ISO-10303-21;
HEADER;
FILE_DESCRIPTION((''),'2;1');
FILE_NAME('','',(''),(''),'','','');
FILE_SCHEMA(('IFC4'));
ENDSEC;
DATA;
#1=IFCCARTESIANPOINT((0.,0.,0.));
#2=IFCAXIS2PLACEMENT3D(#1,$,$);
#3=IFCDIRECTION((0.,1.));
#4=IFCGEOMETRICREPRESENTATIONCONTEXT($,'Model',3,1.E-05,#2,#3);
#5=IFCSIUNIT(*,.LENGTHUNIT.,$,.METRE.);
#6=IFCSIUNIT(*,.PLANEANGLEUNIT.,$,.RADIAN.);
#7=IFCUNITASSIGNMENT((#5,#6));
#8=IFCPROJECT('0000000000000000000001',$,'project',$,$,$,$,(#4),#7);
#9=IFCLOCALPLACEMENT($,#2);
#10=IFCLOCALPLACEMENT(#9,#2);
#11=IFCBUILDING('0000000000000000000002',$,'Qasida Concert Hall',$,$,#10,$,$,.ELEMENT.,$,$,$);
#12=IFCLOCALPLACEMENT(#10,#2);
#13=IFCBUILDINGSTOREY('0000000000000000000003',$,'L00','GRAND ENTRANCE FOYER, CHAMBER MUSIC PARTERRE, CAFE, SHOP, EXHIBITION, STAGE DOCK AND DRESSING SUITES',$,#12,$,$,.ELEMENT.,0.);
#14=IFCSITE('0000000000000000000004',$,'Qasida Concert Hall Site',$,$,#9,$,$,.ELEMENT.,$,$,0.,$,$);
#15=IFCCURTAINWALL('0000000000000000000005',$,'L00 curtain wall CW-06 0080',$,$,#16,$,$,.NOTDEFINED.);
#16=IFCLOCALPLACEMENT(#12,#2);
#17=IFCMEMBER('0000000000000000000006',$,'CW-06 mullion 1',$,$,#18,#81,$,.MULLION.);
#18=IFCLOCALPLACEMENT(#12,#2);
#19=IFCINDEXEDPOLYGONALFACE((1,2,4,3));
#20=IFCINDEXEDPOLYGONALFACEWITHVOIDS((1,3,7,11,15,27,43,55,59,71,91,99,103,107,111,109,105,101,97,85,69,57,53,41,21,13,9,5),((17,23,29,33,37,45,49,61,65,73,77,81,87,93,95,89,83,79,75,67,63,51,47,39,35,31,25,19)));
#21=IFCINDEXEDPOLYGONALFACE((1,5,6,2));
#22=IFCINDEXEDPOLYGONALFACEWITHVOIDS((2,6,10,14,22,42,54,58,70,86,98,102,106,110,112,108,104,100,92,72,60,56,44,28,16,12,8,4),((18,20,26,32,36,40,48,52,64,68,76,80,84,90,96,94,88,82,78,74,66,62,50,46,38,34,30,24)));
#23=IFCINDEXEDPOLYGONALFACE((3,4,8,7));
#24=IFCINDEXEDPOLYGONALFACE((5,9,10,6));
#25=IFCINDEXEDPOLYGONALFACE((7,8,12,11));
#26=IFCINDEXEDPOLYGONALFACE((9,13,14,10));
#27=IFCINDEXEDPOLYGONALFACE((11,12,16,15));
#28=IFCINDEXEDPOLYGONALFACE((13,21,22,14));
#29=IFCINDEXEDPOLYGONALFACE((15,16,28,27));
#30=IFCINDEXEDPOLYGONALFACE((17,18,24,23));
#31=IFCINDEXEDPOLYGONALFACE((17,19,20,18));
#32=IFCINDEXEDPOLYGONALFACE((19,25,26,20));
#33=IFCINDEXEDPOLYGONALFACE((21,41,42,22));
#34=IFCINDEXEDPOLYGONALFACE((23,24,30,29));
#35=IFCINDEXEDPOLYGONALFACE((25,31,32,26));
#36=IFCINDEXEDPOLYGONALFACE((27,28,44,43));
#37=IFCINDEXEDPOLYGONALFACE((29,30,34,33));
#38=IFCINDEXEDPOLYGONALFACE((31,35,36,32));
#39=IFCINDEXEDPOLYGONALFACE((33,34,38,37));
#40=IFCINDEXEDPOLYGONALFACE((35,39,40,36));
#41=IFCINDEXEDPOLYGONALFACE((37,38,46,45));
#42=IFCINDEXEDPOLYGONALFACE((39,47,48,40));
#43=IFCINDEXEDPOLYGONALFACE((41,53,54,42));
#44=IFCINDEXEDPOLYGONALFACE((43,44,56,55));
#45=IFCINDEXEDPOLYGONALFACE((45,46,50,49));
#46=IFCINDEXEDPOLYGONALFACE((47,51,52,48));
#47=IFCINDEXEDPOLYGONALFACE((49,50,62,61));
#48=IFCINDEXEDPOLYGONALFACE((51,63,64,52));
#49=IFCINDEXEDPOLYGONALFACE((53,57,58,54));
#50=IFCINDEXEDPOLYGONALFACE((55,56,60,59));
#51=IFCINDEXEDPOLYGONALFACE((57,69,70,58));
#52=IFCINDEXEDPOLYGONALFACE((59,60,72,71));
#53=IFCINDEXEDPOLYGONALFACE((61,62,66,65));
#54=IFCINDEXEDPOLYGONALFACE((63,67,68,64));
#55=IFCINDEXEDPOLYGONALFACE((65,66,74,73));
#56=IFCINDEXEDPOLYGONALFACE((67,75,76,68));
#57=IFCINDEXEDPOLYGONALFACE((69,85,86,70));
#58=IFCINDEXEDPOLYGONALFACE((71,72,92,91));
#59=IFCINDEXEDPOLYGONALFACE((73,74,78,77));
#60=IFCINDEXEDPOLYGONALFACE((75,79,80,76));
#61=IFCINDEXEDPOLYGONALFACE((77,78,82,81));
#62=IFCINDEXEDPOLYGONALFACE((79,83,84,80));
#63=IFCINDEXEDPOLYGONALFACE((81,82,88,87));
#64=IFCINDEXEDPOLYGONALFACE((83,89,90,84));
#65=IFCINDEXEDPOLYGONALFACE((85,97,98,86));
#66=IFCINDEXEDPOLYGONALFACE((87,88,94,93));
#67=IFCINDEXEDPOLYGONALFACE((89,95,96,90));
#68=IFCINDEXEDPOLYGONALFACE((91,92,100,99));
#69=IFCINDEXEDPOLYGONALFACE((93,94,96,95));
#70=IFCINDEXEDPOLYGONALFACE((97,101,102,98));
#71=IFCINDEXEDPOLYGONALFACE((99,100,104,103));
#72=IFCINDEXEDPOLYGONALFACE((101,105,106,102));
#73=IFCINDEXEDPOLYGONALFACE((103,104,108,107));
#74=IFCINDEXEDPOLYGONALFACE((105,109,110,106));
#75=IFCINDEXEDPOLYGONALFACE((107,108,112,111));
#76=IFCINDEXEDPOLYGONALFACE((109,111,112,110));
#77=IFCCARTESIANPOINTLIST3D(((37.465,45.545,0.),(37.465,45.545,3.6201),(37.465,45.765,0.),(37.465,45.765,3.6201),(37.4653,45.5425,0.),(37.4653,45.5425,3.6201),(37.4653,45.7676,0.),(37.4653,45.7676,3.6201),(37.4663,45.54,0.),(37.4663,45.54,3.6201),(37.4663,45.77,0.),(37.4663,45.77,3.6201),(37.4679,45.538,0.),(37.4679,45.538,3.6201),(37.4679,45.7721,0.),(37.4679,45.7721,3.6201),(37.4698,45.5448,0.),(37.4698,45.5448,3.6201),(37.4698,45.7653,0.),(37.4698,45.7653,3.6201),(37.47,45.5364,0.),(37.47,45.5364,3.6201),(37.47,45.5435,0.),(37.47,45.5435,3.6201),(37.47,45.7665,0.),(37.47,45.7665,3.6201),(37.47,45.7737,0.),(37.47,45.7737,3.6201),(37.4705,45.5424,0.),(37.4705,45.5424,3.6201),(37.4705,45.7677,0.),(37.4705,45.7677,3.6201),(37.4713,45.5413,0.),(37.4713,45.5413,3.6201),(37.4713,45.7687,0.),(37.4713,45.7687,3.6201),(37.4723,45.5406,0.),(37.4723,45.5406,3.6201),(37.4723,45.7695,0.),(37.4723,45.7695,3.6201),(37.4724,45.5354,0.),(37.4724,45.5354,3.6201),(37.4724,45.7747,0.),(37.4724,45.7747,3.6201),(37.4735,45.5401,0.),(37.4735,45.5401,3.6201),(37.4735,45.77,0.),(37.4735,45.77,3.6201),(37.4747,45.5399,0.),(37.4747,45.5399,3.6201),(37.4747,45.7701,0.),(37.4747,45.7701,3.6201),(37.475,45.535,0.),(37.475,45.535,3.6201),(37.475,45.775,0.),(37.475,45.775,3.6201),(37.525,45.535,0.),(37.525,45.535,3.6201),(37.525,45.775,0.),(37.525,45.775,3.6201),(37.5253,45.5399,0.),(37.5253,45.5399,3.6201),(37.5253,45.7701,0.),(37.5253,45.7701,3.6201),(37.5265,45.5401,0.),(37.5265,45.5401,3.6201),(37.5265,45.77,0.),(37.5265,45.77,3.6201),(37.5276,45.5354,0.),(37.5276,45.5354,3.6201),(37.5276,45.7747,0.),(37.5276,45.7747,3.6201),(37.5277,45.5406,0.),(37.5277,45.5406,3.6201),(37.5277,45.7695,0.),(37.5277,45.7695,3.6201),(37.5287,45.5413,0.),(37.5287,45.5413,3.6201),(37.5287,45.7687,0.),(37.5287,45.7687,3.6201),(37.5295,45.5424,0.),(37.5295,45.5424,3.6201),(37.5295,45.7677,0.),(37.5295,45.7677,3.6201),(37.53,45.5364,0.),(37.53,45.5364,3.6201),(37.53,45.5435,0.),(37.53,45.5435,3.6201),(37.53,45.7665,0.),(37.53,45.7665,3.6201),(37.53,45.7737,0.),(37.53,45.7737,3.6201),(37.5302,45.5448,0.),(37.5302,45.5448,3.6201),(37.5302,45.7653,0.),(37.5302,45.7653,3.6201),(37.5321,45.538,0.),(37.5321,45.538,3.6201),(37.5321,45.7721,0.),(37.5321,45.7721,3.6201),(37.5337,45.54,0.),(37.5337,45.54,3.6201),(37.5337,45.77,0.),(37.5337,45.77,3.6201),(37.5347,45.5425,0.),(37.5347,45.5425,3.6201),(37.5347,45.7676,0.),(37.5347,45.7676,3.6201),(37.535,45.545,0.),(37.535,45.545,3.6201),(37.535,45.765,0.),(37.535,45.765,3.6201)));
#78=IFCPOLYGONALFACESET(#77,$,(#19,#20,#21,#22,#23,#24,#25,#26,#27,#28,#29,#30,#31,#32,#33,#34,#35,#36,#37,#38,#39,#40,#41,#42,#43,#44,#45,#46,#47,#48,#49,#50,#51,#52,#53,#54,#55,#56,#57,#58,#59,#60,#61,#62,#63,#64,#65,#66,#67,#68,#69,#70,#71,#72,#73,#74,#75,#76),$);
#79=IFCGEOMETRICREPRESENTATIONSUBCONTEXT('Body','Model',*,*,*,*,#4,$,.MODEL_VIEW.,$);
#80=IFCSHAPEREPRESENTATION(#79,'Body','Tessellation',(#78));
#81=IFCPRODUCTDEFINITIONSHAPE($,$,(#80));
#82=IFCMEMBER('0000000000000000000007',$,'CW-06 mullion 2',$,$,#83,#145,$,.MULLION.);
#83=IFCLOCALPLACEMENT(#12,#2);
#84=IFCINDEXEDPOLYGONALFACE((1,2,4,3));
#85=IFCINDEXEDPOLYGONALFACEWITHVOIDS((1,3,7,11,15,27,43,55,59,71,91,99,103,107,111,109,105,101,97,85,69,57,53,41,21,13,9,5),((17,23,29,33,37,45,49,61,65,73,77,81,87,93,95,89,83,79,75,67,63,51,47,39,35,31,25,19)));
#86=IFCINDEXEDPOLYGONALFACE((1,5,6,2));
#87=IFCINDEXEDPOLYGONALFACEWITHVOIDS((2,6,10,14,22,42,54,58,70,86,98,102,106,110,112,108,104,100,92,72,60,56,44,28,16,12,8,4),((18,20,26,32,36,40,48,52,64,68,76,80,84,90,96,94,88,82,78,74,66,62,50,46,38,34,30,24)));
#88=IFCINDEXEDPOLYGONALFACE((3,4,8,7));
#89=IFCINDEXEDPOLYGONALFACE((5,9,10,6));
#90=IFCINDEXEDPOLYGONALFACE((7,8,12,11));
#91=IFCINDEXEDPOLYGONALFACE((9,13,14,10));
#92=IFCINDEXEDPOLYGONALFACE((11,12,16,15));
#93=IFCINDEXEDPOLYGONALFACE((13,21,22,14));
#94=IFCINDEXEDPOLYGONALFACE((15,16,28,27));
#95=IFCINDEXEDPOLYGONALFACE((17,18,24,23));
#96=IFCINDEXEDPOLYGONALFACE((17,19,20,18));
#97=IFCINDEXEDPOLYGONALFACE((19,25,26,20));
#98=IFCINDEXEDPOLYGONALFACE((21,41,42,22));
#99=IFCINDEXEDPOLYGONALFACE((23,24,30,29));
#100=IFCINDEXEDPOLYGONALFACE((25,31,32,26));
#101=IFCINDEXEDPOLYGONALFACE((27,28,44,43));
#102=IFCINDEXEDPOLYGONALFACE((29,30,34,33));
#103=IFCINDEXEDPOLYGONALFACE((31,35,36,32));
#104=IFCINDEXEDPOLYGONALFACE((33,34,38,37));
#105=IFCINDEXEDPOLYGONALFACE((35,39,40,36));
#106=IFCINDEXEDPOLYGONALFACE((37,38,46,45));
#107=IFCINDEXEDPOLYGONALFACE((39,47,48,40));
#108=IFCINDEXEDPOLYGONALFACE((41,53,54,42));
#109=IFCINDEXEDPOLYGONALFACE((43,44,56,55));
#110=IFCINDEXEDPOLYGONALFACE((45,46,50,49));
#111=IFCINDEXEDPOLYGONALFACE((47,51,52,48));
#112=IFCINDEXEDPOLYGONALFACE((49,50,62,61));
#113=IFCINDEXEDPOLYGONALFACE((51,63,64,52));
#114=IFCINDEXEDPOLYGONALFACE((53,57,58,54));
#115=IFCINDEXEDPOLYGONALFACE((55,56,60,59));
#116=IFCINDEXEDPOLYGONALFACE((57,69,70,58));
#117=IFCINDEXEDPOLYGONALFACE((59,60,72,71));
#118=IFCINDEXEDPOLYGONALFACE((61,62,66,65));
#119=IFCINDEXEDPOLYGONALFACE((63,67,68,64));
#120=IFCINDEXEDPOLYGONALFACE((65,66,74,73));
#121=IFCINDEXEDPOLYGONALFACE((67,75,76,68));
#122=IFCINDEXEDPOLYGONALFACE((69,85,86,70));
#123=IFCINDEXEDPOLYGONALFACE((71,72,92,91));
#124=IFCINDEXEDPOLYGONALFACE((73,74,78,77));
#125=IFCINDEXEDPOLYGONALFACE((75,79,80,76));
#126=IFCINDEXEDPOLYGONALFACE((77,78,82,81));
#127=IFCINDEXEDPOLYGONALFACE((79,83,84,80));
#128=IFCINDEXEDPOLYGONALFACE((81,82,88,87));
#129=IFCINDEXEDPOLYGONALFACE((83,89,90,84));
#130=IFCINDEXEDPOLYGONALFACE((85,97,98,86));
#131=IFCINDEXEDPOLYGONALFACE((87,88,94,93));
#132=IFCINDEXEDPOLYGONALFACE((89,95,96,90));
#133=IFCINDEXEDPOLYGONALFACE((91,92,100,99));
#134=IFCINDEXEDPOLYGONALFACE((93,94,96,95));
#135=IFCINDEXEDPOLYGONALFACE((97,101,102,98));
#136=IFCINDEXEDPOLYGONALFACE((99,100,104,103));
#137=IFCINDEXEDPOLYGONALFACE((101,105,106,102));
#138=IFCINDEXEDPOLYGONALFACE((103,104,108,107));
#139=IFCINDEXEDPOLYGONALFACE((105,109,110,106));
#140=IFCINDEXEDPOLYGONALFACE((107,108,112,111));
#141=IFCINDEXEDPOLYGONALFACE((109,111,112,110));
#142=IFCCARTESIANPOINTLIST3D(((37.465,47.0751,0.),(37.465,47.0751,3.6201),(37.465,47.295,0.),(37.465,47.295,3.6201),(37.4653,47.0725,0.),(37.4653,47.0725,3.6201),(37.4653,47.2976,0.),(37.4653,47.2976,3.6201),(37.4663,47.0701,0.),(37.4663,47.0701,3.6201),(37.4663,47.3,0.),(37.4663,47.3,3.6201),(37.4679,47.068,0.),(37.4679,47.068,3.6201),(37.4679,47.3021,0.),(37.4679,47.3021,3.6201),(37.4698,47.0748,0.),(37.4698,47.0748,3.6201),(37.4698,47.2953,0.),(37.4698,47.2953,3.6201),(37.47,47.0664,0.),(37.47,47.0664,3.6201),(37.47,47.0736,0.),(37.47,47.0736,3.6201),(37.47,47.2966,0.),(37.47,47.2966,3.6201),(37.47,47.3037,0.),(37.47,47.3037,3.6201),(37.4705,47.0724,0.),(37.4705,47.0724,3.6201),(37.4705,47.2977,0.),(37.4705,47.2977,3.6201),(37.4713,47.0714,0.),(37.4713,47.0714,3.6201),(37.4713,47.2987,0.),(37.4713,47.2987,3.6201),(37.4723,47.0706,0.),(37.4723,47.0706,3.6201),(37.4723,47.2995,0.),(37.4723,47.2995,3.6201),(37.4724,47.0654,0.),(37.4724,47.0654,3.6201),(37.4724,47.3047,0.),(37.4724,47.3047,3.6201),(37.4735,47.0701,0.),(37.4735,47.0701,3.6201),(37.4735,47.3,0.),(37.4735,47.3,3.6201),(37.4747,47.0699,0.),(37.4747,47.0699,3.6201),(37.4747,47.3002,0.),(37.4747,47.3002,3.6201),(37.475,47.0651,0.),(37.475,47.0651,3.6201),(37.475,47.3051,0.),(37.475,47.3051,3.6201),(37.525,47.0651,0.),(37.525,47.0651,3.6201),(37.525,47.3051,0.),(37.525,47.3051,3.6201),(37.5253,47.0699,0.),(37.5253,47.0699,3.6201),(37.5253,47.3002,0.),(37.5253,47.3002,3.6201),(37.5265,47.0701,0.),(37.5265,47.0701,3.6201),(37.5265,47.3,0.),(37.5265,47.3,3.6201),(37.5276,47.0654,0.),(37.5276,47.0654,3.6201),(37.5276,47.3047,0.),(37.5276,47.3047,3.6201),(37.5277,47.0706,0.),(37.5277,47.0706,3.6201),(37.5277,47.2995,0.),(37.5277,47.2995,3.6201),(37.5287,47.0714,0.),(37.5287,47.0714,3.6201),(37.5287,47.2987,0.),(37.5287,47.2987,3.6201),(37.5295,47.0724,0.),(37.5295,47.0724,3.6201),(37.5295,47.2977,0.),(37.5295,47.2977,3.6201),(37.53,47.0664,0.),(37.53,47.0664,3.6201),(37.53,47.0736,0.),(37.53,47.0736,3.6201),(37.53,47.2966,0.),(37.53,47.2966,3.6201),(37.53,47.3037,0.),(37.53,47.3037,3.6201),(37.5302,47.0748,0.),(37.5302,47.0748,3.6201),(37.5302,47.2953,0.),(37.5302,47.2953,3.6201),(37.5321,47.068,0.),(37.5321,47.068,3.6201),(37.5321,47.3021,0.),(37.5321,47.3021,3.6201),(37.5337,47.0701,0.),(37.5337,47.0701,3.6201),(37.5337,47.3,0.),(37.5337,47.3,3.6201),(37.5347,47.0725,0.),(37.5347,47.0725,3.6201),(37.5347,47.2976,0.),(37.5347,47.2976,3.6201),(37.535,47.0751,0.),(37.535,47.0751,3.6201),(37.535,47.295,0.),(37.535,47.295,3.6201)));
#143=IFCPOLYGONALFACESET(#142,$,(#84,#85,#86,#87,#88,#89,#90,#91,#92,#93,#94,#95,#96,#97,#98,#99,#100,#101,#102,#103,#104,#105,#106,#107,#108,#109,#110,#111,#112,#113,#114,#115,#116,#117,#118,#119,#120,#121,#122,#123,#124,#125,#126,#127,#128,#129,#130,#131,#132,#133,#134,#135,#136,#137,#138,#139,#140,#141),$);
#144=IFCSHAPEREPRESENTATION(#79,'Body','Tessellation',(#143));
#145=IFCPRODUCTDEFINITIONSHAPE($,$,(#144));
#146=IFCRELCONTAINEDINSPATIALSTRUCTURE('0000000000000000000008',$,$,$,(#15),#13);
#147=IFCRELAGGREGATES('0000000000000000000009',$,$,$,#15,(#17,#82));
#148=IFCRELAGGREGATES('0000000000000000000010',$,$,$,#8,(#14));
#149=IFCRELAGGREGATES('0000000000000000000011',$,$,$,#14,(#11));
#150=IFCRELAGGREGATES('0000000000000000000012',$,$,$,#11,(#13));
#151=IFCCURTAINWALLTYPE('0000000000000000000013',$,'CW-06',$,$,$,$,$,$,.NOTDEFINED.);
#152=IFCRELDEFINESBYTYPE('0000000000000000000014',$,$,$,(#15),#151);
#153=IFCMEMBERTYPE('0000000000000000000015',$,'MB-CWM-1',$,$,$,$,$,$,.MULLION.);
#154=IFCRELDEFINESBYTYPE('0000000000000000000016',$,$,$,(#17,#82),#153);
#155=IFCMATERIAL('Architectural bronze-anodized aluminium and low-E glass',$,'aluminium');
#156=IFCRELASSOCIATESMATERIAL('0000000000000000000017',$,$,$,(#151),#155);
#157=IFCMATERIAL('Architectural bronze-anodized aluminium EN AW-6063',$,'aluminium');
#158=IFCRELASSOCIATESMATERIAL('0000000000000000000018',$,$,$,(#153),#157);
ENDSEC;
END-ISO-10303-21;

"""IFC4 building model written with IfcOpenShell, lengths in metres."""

from ifc_helpers import new_model, si_unit, direction, frame, origin, origin_2d, place, context, subcontext, project, spatial, hollow_rectangle, extrude, material, material_profile, profile_set, type_object, element, aggregate, save


model = new_model("IFC4")

# Units and contexts
model_context = context("Model", 3, precision=1e-05, world=origin(), true_north=direction((0.0, 1.0)))
body_context = subcontext(model_context, "Body", "Model", "MODEL_VIEW")
ifc_project = project(units=[si_unit("LENGTHUNIT", "METRE"), si_unit("PLANEANGLEUNIT", "RADIAN")], contexts=[model_context])

# Site, building, storey
site_placement = place(None, origin())
site = spatial("IfcSite", under=ifc_project, at=site_placement, Name="Qasida Concert Hall Site", CompositionType="ELEMENT", RefElevation=0.0)
building_placement = place(site_placement, origin())
building = spatial("IfcBuilding", under=site, at=building_placement, Name="Qasida Concert Hall", CompositionType="ELEMENT")
storey_placement = place(building_placement, origin())
storey = spatial("IfcBuildingStorey", under=building, at=storey_placement, Name="L00", Description="GRAND ENTRANCE FOYER, CHAMBER MUSIC PARTERRE, CAFE, SHOP, EXHIBITION, STAGE DOCK AND DRESSING SUITES", CompositionType="ELEMENT", Elevation=0.0)

# Shared definitions
ifc_material_1 = material(Name="Architectural bronze-anodized aluminium and low-E glass", Category="aluminium")
curtain_wall_type = type_object("IfcCurtainWallType", Name="CW-06", PredefinedType="NOTDEFINED", material=ifc_material_1)
ifc_material_2 = material(Name="Architectural bronze-anodized aluminium EN AW-6063", Category="aluminium")
ifc_material_profile_1 = material_profile(ifc_material_2, hollow_rectangle(XDim=0.0701, YDim=0.24, WallThickness=0.0049, InnerFilletRadius=0.0049, OuterFilletRadius=0.01, at=origin_2d()), Name="CWM 240x70x5")
ifc_profile_set_1 = profile_set([ifc_material_profile_1], Name="Architectural bronze-anodized aluminium EN AW-6063")
member_type_1 = type_object("IfcMemberType", Name="MB-CWM-1", PredefinedType="MULLION", material=ifc_profile_set_1)

# Curtain wall, members
curtain_wall_1_placement = place(storey_placement, origin())
curtain_wall_1 = element("IfcCurtainWall", 1, at=curtain_wall_1_placement, inside=storey, type_object=curtain_wall_type, Name="L00 curtain wall CW-06 0080", PredefinedType="NOTDEFINED")
member_1_placement = place(storey_placement, frame((37.5, 45.655, 0.0), z_axis=(0.0, 0.0, 1.0), x_axis=(-1.0, 0.0, 0.0)))
member_1 = element("IfcMember", 2, at=member_1_placement, type_object=member_type_1, Name="CW-06 mullion 1", PredefinedType="MULLION", context=body_context, shape_type="SweptSolid", body=[
    extrude(hollow_rectangle(XDim=0.0701, YDim=0.24, WallThickness=0.0049, InnerFilletRadius=0.0049, OuterFilletRadius=0.01, at=origin_2d()), origin(), (0.0, 0.0, 1.0), 3.6201),
])
member_2_placement = place(storey_placement, frame((37.5, 47.1851, 0.0), z_axis=(0.0, 0.0, 1.0), x_axis=(-1.0, 0.0, 0.0)))
member_2 = element("IfcMember", 3, at=member_2_placement, type_object=member_type_1, Name="CW-06 mullion 2", PredefinedType="MULLION", context=body_context, shape_type="SweptSolid", body=[
    extrude(hollow_rectangle(XDim=0.0701, YDim=0.24, WallThickness=0.0049, InnerFilletRadius=0.0049, OuterFilletRadius=0.01, at=origin_2d()), origin(), (0.0, 0.0, 1.0), 3.6201),
])

aggregate(curtain_wall_1, [member_1, member_2])

save(model, "model.ifc")
